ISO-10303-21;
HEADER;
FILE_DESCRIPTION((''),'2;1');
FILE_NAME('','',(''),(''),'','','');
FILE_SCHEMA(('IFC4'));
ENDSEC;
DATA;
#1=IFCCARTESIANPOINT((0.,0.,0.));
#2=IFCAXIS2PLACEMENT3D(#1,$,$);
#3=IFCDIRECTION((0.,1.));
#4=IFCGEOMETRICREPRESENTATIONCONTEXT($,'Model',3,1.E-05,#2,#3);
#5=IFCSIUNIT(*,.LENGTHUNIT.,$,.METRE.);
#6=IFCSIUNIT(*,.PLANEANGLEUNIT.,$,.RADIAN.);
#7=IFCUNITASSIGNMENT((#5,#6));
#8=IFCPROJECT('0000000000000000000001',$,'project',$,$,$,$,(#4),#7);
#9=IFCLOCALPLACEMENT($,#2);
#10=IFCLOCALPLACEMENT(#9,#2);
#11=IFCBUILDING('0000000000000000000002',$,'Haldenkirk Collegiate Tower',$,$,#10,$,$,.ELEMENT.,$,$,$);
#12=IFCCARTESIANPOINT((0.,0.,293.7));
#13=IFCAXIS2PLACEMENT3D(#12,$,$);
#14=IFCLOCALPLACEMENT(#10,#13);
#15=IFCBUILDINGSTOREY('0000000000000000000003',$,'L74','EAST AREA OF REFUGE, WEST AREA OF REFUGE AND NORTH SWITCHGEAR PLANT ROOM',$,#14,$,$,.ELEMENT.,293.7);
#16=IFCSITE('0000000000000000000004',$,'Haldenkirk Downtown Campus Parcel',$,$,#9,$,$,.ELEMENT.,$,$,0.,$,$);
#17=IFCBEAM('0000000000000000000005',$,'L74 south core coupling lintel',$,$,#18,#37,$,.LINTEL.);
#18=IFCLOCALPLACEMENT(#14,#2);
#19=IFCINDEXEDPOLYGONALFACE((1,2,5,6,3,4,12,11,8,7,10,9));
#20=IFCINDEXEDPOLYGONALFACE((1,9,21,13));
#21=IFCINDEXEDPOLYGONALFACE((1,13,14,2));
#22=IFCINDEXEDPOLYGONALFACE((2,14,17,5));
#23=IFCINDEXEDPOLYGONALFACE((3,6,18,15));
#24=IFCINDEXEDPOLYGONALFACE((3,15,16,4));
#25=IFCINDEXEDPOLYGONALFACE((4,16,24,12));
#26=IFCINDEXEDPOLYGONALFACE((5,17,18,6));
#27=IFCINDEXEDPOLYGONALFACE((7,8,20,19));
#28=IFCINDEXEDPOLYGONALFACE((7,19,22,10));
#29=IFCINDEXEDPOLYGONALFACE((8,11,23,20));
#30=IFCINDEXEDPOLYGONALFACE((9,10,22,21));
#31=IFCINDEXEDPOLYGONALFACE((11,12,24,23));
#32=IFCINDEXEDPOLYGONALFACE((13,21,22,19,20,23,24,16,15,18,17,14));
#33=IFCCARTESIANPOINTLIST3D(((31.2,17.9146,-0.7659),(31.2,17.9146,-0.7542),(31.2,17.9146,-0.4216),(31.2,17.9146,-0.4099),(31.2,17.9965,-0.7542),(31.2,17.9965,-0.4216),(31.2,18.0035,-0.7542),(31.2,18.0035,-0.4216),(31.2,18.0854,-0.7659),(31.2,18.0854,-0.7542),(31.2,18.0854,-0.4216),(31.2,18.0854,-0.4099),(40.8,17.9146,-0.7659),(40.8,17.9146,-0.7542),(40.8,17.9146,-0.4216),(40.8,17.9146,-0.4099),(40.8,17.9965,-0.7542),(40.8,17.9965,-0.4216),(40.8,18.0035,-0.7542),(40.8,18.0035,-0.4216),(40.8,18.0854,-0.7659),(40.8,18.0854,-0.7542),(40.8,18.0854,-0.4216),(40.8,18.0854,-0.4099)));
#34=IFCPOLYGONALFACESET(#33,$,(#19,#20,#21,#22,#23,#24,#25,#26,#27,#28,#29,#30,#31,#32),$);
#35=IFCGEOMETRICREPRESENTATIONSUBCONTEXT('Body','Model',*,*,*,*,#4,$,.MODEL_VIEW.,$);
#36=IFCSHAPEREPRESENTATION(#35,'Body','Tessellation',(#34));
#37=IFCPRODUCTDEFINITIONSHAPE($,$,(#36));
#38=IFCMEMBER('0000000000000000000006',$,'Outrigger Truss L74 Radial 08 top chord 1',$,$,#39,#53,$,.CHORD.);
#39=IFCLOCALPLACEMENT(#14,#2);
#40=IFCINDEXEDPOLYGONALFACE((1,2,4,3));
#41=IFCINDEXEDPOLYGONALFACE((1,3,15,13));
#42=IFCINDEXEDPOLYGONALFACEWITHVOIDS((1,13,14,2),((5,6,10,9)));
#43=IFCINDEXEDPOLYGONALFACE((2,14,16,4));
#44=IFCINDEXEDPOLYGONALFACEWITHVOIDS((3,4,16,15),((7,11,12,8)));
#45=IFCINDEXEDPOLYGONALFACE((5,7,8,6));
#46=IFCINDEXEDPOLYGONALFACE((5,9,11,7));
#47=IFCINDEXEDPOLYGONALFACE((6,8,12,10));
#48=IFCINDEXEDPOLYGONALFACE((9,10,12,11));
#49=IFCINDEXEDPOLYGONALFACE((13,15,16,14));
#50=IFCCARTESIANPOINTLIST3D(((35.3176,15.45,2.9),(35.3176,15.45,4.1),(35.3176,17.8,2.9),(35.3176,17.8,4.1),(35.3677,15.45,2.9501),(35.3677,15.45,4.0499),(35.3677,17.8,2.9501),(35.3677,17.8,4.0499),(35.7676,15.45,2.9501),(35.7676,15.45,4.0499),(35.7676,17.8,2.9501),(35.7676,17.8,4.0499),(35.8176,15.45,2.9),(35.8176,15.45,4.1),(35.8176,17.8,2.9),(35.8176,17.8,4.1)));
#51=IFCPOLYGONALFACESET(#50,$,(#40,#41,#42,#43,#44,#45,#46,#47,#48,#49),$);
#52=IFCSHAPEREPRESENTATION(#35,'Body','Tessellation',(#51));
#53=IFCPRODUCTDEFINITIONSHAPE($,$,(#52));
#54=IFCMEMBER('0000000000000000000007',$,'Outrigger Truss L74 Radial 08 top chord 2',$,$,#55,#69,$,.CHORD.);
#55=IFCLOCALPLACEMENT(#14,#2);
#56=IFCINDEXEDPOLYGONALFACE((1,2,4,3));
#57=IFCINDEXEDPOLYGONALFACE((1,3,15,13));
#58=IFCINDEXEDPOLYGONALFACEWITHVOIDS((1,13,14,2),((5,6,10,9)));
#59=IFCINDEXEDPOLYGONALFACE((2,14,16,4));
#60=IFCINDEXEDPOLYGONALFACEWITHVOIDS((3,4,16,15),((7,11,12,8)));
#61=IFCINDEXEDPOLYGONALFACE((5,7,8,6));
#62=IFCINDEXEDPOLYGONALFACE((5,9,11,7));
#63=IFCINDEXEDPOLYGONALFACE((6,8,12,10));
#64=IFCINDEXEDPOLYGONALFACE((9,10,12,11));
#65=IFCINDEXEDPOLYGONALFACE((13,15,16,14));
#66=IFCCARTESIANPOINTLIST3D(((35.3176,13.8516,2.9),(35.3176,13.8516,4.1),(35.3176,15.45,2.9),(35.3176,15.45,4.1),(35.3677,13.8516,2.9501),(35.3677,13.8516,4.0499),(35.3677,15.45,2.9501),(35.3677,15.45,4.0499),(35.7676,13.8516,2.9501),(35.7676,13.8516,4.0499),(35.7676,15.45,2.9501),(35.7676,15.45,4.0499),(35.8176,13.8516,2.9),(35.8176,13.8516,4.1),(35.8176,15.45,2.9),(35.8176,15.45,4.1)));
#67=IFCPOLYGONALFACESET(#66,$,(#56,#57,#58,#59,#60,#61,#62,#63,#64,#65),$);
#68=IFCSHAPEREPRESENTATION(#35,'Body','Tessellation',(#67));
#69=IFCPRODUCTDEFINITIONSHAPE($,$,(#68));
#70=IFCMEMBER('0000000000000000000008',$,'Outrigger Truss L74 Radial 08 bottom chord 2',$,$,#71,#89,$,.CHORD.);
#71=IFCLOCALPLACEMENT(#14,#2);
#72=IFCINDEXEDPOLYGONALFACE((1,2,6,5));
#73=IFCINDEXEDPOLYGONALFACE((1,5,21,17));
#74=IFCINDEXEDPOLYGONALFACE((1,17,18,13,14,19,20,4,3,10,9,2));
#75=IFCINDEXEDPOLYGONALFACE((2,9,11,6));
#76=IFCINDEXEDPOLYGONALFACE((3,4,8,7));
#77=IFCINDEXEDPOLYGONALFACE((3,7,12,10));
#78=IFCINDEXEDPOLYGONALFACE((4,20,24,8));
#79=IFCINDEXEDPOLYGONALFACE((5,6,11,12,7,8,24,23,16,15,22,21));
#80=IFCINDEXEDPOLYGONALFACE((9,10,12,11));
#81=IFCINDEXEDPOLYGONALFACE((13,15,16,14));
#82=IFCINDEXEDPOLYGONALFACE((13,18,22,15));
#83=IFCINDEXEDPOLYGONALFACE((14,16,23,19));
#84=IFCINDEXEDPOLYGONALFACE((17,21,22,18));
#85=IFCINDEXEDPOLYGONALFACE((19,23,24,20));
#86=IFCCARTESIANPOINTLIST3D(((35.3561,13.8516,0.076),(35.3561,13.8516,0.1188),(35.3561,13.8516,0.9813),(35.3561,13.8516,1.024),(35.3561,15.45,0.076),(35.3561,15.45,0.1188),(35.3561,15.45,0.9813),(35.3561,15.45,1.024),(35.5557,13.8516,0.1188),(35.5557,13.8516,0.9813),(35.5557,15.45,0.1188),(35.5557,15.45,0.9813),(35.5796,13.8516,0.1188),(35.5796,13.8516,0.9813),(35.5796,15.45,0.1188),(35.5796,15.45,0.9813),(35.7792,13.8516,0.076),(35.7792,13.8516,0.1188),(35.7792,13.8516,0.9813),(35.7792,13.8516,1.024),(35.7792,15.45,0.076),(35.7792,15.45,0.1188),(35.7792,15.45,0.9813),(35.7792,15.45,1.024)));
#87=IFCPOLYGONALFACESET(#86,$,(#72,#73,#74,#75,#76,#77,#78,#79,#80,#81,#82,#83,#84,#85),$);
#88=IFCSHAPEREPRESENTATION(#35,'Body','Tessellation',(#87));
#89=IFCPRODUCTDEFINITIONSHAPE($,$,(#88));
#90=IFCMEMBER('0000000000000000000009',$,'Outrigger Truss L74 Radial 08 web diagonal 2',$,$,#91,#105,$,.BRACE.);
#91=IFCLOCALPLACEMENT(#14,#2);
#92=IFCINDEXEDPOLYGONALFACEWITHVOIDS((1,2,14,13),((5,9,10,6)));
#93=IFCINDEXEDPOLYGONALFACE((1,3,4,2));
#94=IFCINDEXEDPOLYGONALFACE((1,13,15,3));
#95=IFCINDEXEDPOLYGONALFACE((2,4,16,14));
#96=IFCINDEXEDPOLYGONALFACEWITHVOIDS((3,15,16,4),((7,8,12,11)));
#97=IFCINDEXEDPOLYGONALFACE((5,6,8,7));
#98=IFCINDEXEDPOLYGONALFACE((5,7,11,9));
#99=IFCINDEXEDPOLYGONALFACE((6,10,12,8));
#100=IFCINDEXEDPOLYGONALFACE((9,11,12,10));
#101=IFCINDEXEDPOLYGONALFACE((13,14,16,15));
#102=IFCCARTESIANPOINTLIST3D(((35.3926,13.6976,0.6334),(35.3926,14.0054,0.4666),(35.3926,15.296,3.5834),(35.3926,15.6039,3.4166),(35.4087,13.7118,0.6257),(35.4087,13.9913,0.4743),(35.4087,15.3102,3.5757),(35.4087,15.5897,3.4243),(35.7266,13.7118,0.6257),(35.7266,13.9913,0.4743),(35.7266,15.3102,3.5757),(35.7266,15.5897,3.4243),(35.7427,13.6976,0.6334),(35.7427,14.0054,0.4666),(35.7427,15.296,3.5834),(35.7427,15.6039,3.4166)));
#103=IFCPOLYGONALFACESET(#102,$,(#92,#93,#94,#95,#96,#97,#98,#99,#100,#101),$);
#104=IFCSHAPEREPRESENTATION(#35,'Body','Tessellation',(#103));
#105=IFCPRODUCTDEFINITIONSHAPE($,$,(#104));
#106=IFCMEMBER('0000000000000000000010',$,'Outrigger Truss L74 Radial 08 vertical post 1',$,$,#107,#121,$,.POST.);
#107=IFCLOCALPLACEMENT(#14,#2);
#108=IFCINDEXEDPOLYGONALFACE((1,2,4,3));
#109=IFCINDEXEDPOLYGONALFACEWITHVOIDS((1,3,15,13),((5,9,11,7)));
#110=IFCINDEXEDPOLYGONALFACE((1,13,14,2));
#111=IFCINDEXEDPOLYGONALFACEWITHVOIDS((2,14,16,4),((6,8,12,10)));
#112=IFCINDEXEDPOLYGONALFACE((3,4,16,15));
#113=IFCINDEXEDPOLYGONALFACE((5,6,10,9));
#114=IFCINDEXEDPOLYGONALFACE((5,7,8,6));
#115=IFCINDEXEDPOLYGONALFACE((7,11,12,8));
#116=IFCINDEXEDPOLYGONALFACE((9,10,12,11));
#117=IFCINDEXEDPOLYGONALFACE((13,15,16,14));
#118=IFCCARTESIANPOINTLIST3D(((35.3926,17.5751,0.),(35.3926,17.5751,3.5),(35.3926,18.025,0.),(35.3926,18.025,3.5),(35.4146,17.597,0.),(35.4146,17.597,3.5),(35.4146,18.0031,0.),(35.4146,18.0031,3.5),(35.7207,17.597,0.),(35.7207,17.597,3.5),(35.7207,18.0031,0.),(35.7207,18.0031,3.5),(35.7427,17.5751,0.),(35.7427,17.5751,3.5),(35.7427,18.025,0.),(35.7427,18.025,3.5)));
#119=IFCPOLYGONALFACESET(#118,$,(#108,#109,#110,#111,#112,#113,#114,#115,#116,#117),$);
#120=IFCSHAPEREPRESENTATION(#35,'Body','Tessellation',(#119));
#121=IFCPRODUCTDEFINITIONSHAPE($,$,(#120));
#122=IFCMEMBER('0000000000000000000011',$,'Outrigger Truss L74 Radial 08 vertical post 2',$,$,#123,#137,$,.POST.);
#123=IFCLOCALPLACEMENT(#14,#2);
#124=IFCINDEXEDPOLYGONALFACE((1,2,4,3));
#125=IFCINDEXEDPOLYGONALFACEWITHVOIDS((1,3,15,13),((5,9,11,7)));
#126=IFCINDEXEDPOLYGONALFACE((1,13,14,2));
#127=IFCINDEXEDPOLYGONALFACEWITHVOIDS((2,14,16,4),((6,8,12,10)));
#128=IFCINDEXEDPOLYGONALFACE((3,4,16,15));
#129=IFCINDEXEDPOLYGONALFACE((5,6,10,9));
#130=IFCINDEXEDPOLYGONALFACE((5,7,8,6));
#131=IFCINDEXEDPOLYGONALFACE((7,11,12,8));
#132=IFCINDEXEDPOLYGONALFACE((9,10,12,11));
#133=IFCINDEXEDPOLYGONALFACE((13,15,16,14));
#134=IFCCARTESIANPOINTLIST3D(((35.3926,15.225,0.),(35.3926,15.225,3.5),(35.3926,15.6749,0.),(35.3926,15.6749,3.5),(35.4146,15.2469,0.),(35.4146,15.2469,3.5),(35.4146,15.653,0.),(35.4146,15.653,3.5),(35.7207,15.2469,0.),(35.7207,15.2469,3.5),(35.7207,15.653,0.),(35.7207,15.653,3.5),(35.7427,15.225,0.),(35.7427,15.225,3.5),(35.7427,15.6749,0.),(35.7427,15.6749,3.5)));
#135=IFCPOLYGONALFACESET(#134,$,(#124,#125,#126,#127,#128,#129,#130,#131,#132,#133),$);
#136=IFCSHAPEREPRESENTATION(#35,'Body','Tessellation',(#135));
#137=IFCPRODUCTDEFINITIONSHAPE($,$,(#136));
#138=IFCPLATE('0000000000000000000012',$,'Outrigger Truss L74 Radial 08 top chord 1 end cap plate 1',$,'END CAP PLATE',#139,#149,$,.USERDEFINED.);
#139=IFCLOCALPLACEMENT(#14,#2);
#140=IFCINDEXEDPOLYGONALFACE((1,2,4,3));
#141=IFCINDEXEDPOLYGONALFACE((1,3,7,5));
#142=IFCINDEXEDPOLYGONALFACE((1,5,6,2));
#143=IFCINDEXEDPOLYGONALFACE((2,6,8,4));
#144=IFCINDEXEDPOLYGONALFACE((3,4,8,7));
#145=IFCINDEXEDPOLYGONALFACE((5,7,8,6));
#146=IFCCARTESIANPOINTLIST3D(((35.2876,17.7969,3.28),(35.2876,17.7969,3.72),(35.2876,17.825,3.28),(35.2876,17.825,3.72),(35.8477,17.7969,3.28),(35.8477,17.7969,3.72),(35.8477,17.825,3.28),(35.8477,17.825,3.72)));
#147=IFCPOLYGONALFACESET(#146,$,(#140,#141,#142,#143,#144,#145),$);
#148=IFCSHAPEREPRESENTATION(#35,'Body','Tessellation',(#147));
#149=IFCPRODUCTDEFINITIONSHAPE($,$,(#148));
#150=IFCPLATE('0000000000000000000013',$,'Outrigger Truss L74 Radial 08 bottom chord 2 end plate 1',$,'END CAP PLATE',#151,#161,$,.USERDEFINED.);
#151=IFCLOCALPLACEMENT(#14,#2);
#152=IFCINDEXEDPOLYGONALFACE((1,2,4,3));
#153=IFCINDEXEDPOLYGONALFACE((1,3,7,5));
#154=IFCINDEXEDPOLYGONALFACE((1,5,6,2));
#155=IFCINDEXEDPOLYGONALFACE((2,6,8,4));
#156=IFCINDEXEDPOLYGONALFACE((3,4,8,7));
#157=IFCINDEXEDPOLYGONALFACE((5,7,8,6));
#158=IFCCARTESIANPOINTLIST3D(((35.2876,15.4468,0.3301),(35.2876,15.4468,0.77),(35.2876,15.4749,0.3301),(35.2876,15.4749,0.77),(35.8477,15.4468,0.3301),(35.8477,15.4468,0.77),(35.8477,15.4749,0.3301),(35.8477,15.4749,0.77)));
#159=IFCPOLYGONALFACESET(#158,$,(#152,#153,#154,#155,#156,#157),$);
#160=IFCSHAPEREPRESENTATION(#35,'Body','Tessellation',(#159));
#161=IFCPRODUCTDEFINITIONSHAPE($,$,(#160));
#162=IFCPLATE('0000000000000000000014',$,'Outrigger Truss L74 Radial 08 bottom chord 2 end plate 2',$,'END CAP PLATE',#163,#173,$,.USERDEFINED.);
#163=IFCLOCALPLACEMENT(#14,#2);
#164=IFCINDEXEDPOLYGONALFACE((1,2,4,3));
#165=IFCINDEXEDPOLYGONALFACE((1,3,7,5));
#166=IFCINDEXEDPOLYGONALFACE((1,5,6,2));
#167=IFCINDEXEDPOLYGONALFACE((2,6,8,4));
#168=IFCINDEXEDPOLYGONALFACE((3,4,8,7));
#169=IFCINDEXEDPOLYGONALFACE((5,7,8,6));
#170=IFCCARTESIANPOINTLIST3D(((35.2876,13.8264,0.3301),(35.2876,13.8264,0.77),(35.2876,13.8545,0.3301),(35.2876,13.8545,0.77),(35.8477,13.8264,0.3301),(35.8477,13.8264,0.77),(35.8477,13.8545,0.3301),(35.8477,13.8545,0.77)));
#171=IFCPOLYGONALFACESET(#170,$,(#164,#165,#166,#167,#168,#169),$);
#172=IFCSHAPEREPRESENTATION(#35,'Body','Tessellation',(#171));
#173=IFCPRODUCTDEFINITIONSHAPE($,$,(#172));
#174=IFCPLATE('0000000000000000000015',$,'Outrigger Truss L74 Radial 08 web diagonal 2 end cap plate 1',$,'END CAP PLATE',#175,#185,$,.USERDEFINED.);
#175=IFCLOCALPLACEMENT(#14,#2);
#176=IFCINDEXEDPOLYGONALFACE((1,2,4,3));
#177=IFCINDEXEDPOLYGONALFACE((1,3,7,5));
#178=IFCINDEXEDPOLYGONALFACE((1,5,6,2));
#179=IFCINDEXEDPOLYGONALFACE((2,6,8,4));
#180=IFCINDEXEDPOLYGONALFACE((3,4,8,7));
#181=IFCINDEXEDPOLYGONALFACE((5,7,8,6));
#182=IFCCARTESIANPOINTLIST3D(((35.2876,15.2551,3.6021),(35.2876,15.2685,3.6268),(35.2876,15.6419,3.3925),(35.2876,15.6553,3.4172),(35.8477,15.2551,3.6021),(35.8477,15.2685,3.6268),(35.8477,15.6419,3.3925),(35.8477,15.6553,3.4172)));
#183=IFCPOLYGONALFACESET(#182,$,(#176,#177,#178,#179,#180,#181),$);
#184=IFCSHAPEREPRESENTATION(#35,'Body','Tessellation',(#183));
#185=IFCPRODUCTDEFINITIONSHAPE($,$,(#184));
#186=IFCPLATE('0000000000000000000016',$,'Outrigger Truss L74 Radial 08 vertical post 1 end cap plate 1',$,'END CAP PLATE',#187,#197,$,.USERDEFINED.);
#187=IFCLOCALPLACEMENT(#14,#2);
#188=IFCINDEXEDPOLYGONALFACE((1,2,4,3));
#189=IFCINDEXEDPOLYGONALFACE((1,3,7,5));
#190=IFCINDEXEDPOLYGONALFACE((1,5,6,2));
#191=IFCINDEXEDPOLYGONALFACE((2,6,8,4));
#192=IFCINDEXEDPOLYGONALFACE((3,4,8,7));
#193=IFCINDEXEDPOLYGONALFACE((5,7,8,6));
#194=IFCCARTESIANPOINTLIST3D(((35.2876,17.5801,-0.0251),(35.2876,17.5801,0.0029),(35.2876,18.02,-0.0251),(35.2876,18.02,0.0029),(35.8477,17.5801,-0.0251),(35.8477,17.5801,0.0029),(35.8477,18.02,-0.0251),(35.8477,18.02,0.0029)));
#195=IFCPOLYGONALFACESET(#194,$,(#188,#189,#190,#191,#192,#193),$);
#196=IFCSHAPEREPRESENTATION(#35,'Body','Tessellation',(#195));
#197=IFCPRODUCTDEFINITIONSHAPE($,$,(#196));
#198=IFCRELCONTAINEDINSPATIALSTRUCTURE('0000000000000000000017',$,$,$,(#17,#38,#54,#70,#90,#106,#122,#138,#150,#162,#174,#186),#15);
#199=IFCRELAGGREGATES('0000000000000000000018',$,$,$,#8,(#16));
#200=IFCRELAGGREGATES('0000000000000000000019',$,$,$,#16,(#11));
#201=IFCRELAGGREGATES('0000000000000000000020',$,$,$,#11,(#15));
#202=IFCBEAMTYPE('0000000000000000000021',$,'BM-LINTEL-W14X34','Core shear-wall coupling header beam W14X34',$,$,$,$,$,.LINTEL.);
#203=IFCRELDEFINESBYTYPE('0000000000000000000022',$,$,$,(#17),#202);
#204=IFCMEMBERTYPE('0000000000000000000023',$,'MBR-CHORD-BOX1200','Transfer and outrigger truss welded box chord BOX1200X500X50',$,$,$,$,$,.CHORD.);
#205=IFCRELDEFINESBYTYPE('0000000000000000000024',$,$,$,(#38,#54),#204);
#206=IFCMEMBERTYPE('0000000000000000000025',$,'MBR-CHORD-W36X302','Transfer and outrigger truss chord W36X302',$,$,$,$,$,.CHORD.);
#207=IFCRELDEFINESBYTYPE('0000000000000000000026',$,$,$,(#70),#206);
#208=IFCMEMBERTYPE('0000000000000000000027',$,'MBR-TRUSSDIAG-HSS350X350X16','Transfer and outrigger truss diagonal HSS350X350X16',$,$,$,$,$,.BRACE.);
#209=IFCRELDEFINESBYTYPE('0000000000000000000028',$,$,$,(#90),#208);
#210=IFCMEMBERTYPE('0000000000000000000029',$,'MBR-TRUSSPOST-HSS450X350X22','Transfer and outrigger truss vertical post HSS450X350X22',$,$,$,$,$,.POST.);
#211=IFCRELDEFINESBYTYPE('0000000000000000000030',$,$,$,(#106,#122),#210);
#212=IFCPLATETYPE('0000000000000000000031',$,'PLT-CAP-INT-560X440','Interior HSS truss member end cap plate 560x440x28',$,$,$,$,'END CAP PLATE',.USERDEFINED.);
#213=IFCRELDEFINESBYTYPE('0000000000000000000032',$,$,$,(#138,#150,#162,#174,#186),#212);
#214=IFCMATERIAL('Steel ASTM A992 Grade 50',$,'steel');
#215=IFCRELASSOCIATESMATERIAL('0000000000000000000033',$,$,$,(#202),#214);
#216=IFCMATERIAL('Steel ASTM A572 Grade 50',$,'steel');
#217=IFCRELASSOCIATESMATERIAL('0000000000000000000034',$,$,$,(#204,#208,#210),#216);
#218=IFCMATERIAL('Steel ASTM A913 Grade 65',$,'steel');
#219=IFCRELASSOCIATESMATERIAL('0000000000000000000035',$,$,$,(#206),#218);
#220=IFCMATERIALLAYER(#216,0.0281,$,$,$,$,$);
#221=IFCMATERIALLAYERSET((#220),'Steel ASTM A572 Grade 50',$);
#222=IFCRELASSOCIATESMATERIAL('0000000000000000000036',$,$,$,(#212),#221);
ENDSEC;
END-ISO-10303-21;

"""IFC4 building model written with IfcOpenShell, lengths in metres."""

from ifc_helpers import new_model, si_unit, direction, frame, origin, origin_2d, place, context, subcontext, project, spatial, rectangle, hollow_rectangle, i_section, extrude, source, transform, mapped, material, layer, layer_set, material_profile, profile_set, type_object, element, save


model = new_model("IFC4")

# Units and contexts
model_context = context("Model", 3, precision=1e-05, world=origin(), true_north=direction((0.0, 1.0)))
body_context = subcontext(model_context, "Body", "Model", "MODEL_VIEW")
ifc_project = project(units=[si_unit("LENGTHUNIT", "METRE"), si_unit("PLANEANGLEUNIT", "RADIAN")], contexts=[model_context])

# Site, building, storey
site_placement = place(None, origin())
site = spatial("IfcSite", under=ifc_project, at=site_placement, Name="Haldenkirk Downtown Campus Parcel", CompositionType="ELEMENT", RefElevation=0.0)
building_placement = place(site_placement, origin())
building = spatial("IfcBuilding", under=site, at=building_placement, Name="Haldenkirk Collegiate Tower", CompositionType="ELEMENT")
storey_placement = place(building_placement, frame((0.0, 0.0, 293.7)))
storey = spatial("IfcBuildingStorey", under=building, at=storey_placement, Name="L74", Description="EAST AREA OF REFUGE, WEST AREA OF REFUGE AND NORTH SWITCHGEAR PLANT ROOM", CompositionType="ELEMENT", Elevation=293.7)

# Beam
ifc_material_1 = material(Name="Steel ASTM A992 Grade 50", Category="steel")
ifc_material_profile_1 = material_profile(ifc_material_1, i_section(OverallWidth=0.1709, OverallDepth=0.356, WebThickness=0.0071, FlangeThickness=0.0117, at=origin_2d()), Name="W14X34")
ifc_profile_set_1 = profile_set([ifc_material_profile_1], Name="Steel ASTM A992 Grade 50")
beam_type = type_object("IfcBeamType", Name="BM-LINTEL-W14X34", Description="Core shear-wall coupling header beam W14X34", PredefinedType="LINTEL", material=ifc_profile_set_1)
beam_placement = place(storey_placement, frame((31.2, 18.0, -0.5879), z_axis=(1.0, 0.0, 0.0), x_axis=(0.0, 1.0, 0.0)))
element("IfcBeam", 1, at=beam_placement, inside=storey, type_object=beam_type, Name="L74 south core coupling lintel", PredefinedType="LINTEL", context=body_context, shape_type="SweptSolid", body=[
    extrude(i_section(OverallWidth=0.1709, OverallDepth=0.356, WebThickness=0.0071, FlangeThickness=0.0117, at=origin_2d()), origin(), (0.0, 0.0, 1.0), 9.6001),
])

# Members
ifc_material_2 = material(Name="Steel ASTM A572 Grade 50", Category="steel")
ifc_material_profile_2 = material_profile(ifc_material_2, hollow_rectangle(XDim=0.5, YDim=1.2, WallThickness=0.05, at=origin_2d()), Name="BOX1200X500X50")
ifc_profile_set_2 = profile_set([ifc_material_profile_2], Name="Steel ASTM A572 Grade 50")
member_type_1 = type_object("IfcMemberType", Name="MBR-CHORD-BOX1200", Description="Transfer and outrigger truss welded box chord BOX1200X500X50", PredefinedType="CHORD", material=ifc_profile_set_2)
member_1_placement = place(storey_placement, frame((35.5676, 17.8, 3.5), z_axis=(0.0, -1.0, 0.0), x_axis=(1.0, 0.0, 0.0)))
element("IfcMember", 2, at=member_1_placement, inside=storey, type_object=member_type_1, Name="Outrigger Truss L74 Radial 08 top chord 1", PredefinedType="CHORD", context=body_context, shape_type="SweptSolid", body=[
    extrude(hollow_rectangle(XDim=0.5, YDim=1.2, WallThickness=0.05, at=origin_2d()), origin(), (0.0, 0.0, 1.0), 2.3501),
])
member_2_placement = place(storey_placement, frame((35.5676, 15.45, 3.5), z_axis=(0.0, -1.0, 0.0), x_axis=(1.0, 0.0, 0.0)))
element("IfcMember", 3, at=member_2_placement, inside=storey, type_object=member_type_1, Name="Outrigger Truss L74 Radial 08 top chord 2", PredefinedType="CHORD", context=body_context, shape_type="SweptSolid", body=[
    extrude(hollow_rectangle(XDim=0.5, YDim=1.2, WallThickness=0.05, at=origin_2d()), origin(), (0.0, 0.0, 1.0), 1.5984),
])
ifc_material_3 = material(Name="Steel ASTM A913 Grade 65", Category="steel")
ifc_material_profile_3 = material_profile(ifc_material_3, i_section(OverallWidth=0.4231, OverallDepth=0.948, WebThickness=0.0239, FlangeThickness=0.0427, at=origin_2d()), Name="W36X302")
ifc_profile_set_3 = profile_set([ifc_material_profile_3], Name="Steel ASTM A913 Grade 65")
member_type_2 = type_object("IfcMemberType", Name="MBR-CHORD-W36X302", Description="Transfer and outrigger truss chord W36X302", PredefinedType="CHORD", material=ifc_profile_set_3)
member_3_placement = place(storey_placement, frame((35.5676, 15.45, 0.55), z_axis=(0.0, -1.0, 0.0), x_axis=(1.0, 0.0, 0.0)))
element("IfcMember", 4, at=member_3_placement, inside=storey, type_object=member_type_2, Name="Outrigger Truss L74 Radial 08 bottom chord 2", PredefinedType="CHORD", context=body_context, shape_type="SweptSolid", body=[
    extrude(i_section(OverallWidth=0.4231, OverallDepth=0.948, WebThickness=0.0239, FlangeThickness=0.0427, at=origin_2d()), origin(), (0.0, 0.0, 1.0), 1.5984),
])
ifc_material_profile_4 = material_profile(ifc_material_2, hollow_rectangle(XDim=0.3501, YDim=0.3501, WallThickness=0.0161, at=origin_2d()), Name="HSS350X350X16")
ifc_profile_set_4 = profile_set([ifc_material_profile_4], Name="Steel ASTM A572 Grade 50")
member_type_3 = type_object("IfcMemberType", Name="MBR-TRUSSDIAG-HSS350X350X16", Description="Transfer and outrigger truss diagonal HSS350X350X16", PredefinedType="BRACE", material=ifc_profile_set_4)
member_4_placement = place(storey_placement, frame((35.5676, 15.45, 3.5), z_axis=(0.0, -0.476398, -0.87923), x_axis=(1.0, 0.0, 0.0)))
element("IfcMember", 5, at=member_4_placement, inside=storey, type_object=member_type_3, Name="Outrigger Truss L74 Radial 08 web diagonal 2", PredefinedType="BRACE", context=body_context, shape_type="SweptSolid", body=[
    extrude(hollow_rectangle(XDim=0.3501, YDim=0.3501, WallThickness=0.0161, at=origin_2d()), origin(), (0.0, 0.0, 1.0), 3.3552),
])
ifc_material_profile_5 = material_profile(ifc_material_2, hollow_rectangle(XDim=0.3501, YDim=0.45, WallThickness=0.022, at=origin_2d()), Name="HSS450X350X22")
ifc_profile_set_5 = profile_set([ifc_material_profile_5], Name="Steel ASTM A572 Grade 50")
member_type_4 = type_object("IfcMemberType", Name="MBR-TRUSSPOST-HSS450X350X22", Description="Transfer and outrigger truss vertical post HSS450X350X22", PredefinedType="POST", material=ifc_profile_set_5)
for number, where, z_axis, x_axis, name in (
    (6, (35.5676, 17.8, 0.0), (0.0, 0.0, 1.0), (1.0, 0.0, 0.0), "Outrigger Truss L74 Radial 08 vertical post 1"),
    (7, (35.5676, 15.45, 0.0), (0.0, 0.0, 1.0), (1.0, 0.0, 0.0), "Outrigger Truss L74 Radial 08 vertical post 2"),
):
    element("IfcMember", number, at=place(storey_placement, frame(where, z_axis=z_axis, x_axis=x_axis)), inside=storey, type_object=member_type_4, Name=name, PredefinedType="POST", context=body_context, shape_type="SweptSolid", body=[
        extrude(hollow_rectangle(XDim=0.3501, YDim=0.45, WallThickness=0.022, at=origin_2d()), origin(), (0.0, 0.0, 1.0), 3.5),
    ])

# Plates
ifc_layer_1 = layer(ifc_material_2, 0.0281)
ifc_layer_set_1 = layer_set([ifc_layer_1], Name="Steel ASTM A572 Grade 50")
plate_type_1 = type_object("IfcPlateType", Name="PLT-CAP-INT-560X440", Description="Interior HSS truss member end cap plate 560x440x28", ElementType="END CAP PLATE", PredefinedType="USERDEFINED", material=ifc_layer_set_1)
shared_shape_1 = source(origin(), body_context, "Body", "SweptSolid", [
    extrude(rectangle(XDim=0.5601, YDim=0.4399, at=origin_2d()), origin(), (0.0, 0.0, 1.0), 0.0281),
])
for number, where, z_axis, x_axis, name in (
    (8, (35.5676, 17.7969, 3.5), (0.0, 1.0, 0.0), (-1.0, 0.0, 0.0), "Outrigger Truss L74 Radial 08 top chord 1 end cap plate 1"),
    (9, (35.5676, 15.4468, 0.55), (0.0, 1.0, 0.0), (-1.0, 0.0, 0.0), "Outrigger Truss L74 Radial 08 bottom chord 2 end plate 1"),
    (10, (35.5676, 13.8545, 0.55), (0.0, -1.0, 0.0), (1.0, 0.0, 0.0), "Outrigger Truss L74 Radial 08 bottom chord 2 end plate 2"),
    (11, (35.5676, 15.4485, 3.4973), (0.0, 0.476418, 0.879219), (-1.0, 0.0, 0.0), "Outrigger Truss L74 Radial 08 web diagonal 2 end cap plate 1"),
    (12, (35.5676, 17.8, 0.0029), (0.0, 0.0, -1.0), (1.0, 0.0, 0.0), "Outrigger Truss L74 Radial 08 vertical post 1 end cap plate 1"),
):
    element("IfcPlate", number, at=place(storey_placement, frame(where, z_axis=z_axis, x_axis=x_axis)), inside=storey, type_object=plate_type_1, Name=name, ObjectType="END CAP PLATE", PredefinedType="USERDEFINED", context=body_context, shape_type="MappedRepresentation", body=[
        mapped(shared_shape_1, transform((0.0, 0.0, 0.0), x_axis=(1.0, 0.0, 0.0), y_axis=(0.0, 1.0, 0.0), z_axis=(0.0, 0.0, 1.0), scale=1.0)),
    ])

save(model, "model.ifc")
